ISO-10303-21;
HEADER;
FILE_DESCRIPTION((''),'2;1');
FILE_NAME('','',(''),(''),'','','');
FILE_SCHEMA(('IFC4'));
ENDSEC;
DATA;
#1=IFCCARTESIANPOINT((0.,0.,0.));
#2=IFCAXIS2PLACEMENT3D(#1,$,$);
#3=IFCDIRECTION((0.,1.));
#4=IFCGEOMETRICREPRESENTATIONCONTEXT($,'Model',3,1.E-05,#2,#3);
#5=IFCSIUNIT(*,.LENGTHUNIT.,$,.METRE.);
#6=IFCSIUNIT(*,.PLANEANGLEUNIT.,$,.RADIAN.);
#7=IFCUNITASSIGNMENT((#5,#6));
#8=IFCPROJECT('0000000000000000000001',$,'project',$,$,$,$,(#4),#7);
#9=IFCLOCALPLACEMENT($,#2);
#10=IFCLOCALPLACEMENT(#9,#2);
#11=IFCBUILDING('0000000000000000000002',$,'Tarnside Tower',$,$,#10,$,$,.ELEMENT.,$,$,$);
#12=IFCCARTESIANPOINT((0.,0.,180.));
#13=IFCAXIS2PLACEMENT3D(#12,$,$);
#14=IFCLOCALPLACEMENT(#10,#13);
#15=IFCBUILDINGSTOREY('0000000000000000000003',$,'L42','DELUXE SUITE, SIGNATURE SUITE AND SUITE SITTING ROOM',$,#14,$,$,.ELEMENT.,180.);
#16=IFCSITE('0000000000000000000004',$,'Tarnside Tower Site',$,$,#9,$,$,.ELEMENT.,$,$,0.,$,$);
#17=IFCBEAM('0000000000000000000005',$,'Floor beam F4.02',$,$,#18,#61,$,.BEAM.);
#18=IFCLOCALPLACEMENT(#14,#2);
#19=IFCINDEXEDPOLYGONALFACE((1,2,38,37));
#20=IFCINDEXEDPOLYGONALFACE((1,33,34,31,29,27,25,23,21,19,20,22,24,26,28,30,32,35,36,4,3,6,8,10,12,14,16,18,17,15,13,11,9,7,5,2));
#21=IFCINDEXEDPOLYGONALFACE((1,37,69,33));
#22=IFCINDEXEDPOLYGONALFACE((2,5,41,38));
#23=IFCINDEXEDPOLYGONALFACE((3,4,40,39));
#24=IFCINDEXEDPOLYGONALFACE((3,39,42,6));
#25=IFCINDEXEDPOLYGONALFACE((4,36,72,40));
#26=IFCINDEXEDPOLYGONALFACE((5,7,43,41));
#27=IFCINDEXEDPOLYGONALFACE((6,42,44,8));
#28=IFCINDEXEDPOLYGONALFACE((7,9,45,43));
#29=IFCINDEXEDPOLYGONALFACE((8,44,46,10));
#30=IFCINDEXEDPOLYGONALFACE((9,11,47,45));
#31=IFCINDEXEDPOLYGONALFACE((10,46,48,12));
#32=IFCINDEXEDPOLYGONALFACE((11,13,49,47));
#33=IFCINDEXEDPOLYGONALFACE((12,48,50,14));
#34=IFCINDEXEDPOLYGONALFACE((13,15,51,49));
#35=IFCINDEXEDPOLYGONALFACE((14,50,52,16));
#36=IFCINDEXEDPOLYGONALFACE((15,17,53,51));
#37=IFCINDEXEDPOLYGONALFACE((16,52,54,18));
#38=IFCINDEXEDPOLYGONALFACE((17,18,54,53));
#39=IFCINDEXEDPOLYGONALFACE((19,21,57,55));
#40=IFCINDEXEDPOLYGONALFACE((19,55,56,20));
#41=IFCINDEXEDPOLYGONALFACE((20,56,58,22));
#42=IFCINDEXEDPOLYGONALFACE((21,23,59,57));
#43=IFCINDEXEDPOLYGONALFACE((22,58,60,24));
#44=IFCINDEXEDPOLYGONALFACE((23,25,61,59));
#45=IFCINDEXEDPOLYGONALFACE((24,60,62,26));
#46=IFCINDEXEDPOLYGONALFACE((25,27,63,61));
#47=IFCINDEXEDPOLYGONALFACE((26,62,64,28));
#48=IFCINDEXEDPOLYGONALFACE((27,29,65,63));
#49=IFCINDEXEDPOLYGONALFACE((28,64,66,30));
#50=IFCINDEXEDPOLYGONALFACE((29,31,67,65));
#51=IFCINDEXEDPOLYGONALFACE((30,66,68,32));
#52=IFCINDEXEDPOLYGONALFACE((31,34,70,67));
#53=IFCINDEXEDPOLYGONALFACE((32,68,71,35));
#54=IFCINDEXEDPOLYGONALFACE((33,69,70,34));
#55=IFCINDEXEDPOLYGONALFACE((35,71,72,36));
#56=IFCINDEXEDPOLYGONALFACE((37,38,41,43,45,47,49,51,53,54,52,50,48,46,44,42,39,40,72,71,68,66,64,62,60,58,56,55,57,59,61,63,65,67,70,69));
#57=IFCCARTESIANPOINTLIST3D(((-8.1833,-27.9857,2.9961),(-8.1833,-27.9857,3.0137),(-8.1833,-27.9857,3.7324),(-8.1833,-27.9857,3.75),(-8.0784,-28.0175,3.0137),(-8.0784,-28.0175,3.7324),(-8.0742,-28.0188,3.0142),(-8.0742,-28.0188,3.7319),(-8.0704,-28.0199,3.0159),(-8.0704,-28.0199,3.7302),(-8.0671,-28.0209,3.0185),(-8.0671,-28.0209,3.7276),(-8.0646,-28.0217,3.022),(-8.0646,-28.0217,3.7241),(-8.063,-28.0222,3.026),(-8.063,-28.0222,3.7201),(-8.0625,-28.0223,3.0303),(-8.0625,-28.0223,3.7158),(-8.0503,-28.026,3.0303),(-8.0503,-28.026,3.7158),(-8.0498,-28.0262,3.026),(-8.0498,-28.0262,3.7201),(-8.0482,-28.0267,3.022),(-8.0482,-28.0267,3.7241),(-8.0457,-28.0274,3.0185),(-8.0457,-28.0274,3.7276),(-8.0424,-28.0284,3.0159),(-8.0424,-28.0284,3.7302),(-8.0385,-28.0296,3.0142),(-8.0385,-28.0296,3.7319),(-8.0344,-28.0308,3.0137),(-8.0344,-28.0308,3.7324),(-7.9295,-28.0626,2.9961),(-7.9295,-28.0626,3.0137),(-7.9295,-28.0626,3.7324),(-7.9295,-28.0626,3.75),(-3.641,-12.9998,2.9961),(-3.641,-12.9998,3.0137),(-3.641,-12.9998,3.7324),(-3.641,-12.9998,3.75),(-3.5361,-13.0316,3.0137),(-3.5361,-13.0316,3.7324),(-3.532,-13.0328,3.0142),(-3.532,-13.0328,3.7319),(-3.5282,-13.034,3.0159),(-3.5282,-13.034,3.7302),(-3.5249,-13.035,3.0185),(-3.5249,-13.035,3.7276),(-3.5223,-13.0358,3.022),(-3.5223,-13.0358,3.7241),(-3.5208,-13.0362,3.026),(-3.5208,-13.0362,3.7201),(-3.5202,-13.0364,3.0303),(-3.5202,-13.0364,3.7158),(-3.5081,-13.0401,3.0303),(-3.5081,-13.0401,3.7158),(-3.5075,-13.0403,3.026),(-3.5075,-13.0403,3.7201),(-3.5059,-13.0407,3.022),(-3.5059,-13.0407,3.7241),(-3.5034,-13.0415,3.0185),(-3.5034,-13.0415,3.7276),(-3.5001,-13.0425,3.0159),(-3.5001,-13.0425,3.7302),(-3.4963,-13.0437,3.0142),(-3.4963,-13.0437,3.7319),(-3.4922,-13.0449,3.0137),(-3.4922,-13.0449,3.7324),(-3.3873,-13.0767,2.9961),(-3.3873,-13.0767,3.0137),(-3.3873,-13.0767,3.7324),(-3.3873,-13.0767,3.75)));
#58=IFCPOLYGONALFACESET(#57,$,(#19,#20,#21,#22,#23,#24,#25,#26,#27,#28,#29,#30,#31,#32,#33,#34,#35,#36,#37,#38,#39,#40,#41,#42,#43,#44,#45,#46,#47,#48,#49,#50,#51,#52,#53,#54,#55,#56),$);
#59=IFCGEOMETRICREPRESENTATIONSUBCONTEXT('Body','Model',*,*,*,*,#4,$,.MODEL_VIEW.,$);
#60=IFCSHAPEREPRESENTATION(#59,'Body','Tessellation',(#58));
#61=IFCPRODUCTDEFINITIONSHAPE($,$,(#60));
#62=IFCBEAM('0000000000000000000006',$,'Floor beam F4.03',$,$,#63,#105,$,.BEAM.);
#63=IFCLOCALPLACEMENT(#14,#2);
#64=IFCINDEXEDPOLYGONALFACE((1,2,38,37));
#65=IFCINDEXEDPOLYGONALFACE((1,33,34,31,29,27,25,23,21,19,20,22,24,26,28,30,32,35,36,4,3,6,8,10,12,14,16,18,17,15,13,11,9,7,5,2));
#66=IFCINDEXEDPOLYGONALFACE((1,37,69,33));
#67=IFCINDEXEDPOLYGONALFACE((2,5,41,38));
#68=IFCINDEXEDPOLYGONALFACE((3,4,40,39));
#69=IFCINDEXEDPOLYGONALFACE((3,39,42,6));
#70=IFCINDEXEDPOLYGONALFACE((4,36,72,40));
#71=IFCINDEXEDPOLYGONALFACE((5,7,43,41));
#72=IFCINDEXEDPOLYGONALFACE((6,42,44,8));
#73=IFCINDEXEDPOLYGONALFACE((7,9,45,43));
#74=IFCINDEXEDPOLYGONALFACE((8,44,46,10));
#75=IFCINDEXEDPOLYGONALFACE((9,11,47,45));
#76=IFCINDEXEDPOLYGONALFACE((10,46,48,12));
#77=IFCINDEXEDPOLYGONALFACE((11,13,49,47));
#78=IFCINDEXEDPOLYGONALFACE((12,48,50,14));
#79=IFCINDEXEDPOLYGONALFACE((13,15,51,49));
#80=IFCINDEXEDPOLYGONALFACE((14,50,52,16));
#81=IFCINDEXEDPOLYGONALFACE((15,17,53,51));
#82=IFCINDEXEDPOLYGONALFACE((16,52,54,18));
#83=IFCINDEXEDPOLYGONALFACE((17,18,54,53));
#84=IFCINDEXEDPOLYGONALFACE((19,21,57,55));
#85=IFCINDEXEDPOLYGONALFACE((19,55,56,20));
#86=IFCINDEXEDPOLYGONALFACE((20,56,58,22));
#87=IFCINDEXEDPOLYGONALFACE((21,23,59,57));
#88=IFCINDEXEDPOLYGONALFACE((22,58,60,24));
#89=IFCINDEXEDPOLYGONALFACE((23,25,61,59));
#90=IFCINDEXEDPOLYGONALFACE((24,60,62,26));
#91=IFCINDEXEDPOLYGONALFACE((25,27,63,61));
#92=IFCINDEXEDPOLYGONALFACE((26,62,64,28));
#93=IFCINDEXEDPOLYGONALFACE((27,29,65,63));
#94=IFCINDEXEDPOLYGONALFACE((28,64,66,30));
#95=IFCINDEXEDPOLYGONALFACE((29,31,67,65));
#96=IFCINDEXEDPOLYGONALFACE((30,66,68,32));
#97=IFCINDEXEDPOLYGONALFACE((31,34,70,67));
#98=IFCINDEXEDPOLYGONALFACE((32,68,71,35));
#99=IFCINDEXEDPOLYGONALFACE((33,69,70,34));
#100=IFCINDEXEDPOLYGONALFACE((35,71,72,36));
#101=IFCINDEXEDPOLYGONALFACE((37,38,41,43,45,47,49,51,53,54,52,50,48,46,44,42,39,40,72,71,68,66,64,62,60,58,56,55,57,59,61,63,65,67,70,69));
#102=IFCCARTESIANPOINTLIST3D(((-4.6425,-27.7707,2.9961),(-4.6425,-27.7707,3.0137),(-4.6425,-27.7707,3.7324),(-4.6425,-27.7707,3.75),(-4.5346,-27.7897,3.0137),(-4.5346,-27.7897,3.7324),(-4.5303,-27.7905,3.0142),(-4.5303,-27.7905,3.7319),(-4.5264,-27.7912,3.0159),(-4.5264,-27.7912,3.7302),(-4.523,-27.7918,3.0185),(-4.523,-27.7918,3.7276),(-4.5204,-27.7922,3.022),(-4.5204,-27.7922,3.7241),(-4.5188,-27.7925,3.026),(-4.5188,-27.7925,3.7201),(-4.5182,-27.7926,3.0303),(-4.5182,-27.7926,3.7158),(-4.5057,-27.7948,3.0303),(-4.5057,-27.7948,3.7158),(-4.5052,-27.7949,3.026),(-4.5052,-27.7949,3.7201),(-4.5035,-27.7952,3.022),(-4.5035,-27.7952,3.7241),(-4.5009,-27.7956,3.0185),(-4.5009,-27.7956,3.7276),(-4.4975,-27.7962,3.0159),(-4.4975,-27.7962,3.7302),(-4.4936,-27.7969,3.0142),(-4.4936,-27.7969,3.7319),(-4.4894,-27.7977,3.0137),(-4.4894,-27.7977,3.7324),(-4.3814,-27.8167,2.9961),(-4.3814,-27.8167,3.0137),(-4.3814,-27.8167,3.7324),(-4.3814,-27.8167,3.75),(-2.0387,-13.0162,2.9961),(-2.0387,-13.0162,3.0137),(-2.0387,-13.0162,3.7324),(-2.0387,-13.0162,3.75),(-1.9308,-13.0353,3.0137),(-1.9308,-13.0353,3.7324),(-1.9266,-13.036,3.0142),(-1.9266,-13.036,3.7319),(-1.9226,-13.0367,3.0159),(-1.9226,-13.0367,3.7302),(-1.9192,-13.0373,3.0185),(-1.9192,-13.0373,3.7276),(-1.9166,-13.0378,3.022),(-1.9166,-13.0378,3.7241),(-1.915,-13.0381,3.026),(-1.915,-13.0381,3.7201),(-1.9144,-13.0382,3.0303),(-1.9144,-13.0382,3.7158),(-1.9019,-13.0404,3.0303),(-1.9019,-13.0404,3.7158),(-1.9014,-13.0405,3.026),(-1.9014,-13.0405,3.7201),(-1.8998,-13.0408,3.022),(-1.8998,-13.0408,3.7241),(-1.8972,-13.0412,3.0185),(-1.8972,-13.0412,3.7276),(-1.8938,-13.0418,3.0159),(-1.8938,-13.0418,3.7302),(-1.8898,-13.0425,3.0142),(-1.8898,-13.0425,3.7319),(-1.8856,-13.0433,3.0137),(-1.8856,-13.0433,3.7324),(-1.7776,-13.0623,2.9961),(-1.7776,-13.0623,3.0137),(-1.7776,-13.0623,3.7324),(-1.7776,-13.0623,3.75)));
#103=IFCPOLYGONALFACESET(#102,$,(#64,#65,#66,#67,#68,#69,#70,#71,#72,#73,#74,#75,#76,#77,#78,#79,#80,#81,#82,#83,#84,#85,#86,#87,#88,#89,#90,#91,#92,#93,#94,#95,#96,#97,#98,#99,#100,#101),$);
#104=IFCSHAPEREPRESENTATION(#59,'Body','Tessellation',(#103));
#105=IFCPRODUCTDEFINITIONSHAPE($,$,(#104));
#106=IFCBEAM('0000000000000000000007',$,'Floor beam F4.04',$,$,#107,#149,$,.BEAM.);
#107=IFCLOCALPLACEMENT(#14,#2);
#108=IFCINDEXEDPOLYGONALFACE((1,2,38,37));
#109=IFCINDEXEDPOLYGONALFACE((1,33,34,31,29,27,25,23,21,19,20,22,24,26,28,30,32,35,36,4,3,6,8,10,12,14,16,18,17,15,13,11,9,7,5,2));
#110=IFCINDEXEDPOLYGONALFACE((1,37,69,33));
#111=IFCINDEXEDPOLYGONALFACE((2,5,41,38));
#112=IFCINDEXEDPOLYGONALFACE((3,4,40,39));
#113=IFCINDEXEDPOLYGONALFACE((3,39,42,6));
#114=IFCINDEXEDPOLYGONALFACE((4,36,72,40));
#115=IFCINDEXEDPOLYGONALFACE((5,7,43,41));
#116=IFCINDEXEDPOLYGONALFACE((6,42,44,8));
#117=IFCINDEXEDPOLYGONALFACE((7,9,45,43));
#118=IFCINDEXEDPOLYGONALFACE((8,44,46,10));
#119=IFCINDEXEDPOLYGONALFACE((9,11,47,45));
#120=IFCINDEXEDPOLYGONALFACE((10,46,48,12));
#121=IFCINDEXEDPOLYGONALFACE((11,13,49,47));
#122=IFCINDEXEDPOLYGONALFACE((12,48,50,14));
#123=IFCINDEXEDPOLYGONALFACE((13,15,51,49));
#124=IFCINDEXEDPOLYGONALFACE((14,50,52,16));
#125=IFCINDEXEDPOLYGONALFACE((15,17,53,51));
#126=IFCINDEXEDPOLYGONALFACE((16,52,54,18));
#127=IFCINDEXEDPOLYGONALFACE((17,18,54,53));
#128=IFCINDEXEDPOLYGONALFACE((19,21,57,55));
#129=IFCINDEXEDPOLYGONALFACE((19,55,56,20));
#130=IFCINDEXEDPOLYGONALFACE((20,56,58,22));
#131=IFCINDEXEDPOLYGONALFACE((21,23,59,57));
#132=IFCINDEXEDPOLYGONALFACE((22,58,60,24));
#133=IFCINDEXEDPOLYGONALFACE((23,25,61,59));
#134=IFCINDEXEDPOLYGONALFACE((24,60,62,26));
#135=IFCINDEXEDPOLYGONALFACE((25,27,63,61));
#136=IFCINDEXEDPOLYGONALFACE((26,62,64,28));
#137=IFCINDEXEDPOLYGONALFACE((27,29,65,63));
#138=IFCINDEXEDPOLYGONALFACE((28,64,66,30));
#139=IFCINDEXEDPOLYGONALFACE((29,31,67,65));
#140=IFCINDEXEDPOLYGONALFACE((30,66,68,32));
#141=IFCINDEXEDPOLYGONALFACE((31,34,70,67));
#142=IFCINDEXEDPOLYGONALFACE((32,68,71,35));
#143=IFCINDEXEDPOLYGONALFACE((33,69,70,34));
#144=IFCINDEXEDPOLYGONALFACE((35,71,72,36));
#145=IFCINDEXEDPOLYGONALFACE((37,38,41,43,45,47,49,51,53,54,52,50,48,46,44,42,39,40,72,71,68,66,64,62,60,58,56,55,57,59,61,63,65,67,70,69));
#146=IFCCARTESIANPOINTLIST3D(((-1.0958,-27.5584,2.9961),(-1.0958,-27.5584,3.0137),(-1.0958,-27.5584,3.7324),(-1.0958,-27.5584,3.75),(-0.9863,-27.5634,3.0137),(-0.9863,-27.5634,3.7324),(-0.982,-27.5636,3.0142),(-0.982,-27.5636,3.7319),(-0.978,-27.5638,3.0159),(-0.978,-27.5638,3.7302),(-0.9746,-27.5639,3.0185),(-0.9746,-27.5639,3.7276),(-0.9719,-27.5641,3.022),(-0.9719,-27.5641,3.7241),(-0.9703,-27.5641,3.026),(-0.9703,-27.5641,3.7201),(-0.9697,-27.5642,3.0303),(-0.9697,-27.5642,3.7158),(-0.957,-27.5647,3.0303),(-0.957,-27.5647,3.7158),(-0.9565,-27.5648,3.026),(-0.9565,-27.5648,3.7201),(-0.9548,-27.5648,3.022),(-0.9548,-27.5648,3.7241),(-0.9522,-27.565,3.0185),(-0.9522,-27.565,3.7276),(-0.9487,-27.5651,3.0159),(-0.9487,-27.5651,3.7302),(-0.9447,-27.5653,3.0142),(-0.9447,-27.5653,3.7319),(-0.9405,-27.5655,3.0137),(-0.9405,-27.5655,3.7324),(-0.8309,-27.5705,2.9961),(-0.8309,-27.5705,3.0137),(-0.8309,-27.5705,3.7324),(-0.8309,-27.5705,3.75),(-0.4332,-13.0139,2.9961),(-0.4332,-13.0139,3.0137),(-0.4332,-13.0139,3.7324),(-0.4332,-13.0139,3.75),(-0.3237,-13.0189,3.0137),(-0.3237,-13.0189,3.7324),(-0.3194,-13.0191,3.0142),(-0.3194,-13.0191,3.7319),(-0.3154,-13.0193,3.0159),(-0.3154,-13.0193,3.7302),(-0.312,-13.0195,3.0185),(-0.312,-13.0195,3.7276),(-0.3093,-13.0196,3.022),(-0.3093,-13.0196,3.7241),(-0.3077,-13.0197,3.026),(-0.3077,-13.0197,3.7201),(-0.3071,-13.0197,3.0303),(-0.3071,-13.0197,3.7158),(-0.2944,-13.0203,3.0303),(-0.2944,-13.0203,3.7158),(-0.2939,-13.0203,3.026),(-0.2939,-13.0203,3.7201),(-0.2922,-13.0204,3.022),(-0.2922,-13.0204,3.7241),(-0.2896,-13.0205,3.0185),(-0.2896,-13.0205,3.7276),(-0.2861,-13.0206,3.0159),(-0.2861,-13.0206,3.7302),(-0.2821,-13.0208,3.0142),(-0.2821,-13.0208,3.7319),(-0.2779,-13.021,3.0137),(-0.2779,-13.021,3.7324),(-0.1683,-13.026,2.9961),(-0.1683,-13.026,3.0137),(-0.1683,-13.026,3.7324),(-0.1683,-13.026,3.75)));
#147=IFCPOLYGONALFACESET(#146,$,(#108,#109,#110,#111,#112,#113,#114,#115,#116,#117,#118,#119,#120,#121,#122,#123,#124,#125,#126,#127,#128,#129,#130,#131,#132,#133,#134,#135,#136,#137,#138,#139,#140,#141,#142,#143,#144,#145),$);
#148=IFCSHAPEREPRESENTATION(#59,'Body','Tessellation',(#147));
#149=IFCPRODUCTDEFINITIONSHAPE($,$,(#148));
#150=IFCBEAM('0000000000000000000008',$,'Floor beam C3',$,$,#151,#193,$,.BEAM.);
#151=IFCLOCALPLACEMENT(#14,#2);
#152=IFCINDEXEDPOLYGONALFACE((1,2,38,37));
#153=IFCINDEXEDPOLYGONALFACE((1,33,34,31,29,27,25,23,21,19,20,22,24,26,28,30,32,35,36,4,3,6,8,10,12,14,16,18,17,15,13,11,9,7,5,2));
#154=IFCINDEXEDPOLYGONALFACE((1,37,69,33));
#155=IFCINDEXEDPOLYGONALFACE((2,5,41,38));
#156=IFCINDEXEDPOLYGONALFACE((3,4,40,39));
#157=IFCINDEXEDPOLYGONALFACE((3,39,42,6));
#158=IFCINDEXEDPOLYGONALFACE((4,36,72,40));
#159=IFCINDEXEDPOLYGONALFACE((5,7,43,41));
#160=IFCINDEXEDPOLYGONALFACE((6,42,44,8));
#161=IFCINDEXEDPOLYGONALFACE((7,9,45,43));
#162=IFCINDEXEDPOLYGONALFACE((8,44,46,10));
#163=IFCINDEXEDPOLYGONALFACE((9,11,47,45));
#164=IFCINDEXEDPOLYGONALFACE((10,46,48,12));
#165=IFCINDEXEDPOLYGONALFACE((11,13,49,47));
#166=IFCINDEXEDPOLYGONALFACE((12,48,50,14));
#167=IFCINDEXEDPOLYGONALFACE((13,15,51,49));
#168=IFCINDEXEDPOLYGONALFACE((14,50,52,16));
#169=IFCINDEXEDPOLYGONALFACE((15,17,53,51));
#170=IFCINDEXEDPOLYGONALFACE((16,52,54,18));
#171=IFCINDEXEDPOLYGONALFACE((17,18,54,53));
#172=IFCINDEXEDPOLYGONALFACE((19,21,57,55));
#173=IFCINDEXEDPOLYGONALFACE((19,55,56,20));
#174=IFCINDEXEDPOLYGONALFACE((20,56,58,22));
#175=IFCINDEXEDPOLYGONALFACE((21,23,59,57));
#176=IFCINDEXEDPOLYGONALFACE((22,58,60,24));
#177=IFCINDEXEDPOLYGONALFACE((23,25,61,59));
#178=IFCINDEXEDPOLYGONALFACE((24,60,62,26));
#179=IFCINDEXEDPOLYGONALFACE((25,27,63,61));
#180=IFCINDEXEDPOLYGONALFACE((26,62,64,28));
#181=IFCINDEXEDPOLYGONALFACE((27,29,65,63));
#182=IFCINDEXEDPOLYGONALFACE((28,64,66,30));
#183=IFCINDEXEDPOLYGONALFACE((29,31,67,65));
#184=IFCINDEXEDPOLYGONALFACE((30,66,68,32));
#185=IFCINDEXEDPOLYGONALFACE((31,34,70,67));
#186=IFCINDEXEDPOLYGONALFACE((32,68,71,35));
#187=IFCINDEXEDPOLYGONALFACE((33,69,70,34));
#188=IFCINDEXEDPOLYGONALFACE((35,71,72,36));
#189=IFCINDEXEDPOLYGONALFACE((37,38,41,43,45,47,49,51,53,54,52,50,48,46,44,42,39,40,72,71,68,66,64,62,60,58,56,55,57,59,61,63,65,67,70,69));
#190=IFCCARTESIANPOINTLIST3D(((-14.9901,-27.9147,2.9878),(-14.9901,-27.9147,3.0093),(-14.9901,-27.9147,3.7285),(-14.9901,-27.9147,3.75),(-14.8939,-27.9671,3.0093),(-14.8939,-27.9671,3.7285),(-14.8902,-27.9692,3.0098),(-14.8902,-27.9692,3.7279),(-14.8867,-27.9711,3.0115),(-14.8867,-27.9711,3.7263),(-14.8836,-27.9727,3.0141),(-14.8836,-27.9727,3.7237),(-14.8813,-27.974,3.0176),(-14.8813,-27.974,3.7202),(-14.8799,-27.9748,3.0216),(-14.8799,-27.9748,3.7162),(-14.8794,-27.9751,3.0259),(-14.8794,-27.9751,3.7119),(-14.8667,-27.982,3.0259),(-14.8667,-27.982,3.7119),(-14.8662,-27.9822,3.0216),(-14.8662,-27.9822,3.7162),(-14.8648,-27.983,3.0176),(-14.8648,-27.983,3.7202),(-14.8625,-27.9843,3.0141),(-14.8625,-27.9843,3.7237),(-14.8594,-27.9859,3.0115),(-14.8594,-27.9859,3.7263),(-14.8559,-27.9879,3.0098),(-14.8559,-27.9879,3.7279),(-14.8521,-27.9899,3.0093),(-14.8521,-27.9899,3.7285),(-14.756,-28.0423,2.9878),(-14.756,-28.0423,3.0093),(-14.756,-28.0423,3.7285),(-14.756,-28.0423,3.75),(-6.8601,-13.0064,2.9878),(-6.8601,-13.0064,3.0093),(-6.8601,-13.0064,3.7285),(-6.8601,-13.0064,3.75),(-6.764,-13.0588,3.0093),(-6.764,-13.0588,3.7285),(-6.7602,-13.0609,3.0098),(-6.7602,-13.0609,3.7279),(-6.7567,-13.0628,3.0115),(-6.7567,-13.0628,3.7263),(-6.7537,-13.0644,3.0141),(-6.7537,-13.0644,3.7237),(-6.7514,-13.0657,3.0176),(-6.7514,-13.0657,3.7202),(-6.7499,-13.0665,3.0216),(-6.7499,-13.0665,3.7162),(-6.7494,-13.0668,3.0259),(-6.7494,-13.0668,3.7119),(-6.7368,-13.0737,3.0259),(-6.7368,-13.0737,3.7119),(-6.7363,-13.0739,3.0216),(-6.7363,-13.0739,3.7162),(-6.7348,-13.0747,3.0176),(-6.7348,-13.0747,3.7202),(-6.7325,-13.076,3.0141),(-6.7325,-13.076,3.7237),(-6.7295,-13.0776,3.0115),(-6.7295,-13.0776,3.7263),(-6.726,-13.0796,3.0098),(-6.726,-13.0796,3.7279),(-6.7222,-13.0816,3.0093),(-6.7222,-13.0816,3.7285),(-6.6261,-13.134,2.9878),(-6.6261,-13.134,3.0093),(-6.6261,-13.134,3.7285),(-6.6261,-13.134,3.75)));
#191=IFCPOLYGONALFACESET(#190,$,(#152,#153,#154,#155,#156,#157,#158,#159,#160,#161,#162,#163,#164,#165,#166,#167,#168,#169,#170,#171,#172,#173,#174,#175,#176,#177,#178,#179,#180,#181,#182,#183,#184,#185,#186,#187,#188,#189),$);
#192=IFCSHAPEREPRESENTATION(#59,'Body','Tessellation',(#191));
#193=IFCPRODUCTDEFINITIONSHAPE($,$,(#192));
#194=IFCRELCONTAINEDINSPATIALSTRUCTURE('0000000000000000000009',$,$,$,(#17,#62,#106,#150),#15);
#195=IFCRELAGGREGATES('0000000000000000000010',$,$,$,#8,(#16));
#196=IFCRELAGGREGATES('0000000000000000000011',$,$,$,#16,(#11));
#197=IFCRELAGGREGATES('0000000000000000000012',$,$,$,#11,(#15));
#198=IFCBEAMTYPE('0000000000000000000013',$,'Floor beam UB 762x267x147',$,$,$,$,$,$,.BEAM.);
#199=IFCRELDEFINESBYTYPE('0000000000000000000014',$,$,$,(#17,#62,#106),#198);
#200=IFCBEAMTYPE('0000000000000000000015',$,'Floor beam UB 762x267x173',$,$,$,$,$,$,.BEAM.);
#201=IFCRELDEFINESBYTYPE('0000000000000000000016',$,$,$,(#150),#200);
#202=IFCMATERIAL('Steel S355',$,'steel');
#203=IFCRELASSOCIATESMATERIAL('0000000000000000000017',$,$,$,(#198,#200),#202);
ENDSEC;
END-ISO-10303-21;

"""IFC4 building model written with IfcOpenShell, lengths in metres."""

from ifc_helpers import new_model, si_unit, direction, frame, origin, origin_2d, place, context, subcontext, project, spatial, i_section, extrude, material, material_profile, profile_set, type_object, element, save


model = new_model("IFC4")

# Units and contexts
model_context = context("Model", 3, precision=1e-05, world=origin(), true_north=direction((0.0, 1.0)))
body_context = subcontext(model_context, "Body", "Model", "MODEL_VIEW")
ifc_project = project(units=[si_unit("LENGTHUNIT", "METRE"), si_unit("PLANEANGLEUNIT", "RADIAN")], contexts=[model_context])

# Site, building, storey
site_placement = place(None, origin())
site = spatial("IfcSite", under=ifc_project, at=site_placement, Name="Tarnside Tower Site", CompositionType="ELEMENT", RefElevation=0.0)
building_placement = place(site_placement, origin())
building = spatial("IfcBuilding", under=site, at=building_placement, Name="Tarnside Tower", CompositionType="ELEMENT")
storey_placement = place(building_placement, frame((0.0, 0.0, 180.0)))
storey = spatial("IfcBuildingStorey", under=building, at=storey_placement, Name="L42", Description="DELUXE SUITE, SIGNATURE SUITE AND SUITE SITTING ROOM", CompositionType="ELEMENT", Elevation=180.0)

# Beams
ifc_material_1 = material(Name="Steel S355", Category="steel")
ifc_material_profile_1 = material_profile(ifc_material_1, i_section(OverallWidth=0.2651, OverallDepth=0.7539, WebThickness=0.0127, FlangeThickness=0.0176, FilletRadius=0.0166, at=origin_2d()), Name="UB 762x267x147")
ifc_profile_set_1 = profile_set([ifc_material_profile_1], Name="Steel S355")
beam_type_1 = type_object("IfcBeamType", Name="Floor beam UB 762x267x147", PredefinedType="BEAM", material=ifc_profile_set_1)
beam_1_placement = place(storey_placement, frame((-8.0564, -28.0242, 3.373), z_axis=(0.29007, 0.957005, 0.0), x_axis=(-0.957005, 0.29007, 0.0)))
element("IfcBeam", 1, at=beam_1_placement, inside=storey, type_object=beam_type_1, Name="Floor beam F4.02", PredefinedType="BEAM", context=body_context, shape_type="SweptSolid", body=[
    extrude(i_section(OverallWidth=0.2651, OverallDepth=0.7539, WebThickness=0.0127, FlangeThickness=0.0176, FilletRadius=0.0166, at=origin_2d()), origin(), (0.0, 0.0, 1.0), 15.6592),
])
beam_2_placement = place(storey_placement, frame((-4.512, -27.7937, 3.373), z_axis=(0.173788, 0.984783, 0.0), x_axis=(-0.984783, 0.173788, 0.0)))
element("IfcBeam", 2, at=beam_2_placement, inside=storey, type_object=beam_type_1, Name="Floor beam F4.03", PredefinedType="BEAM", context=body_context, shape_type="SweptSolid", body=[
    extrude(i_section(OverallWidth=0.2651, OverallDepth=0.7539, WebThickness=0.0127, FlangeThickness=0.0176, FilletRadius=0.0166, at=origin_2d()), origin(), (0.0, 0.0, 1.0), 14.9824),
])
beam_3_placement = place(storey_placement, frame((-0.9634, -27.5645, 3.373), z_axis=(0.04551, 0.998964, 0.0), x_axis=(-0.998964, 0.04551, 0.0)))
element("IfcBeam", 3, at=beam_3_placement, inside=storey, type_object=beam_type_1, Name="Floor beam F4.04", PredefinedType="BEAM", context=body_context, shape_type="SweptSolid", body=[
    extrude(i_section(OverallWidth=0.2651, OverallDepth=0.7539, WebThickness=0.0127, FlangeThickness=0.0176, FilletRadius=0.0166, at=origin_2d()), origin(), (0.0, 0.0, 1.0), 14.5596),
])
ifc_material_profile_2 = material_profile(ifc_material_1, i_section(OverallWidth=0.2666, OverallDepth=0.7622, WebThickness=0.0144, FlangeThickness=0.0215, FilletRadius=0.0166, at=origin_2d()), Name="UB 762x267x173")
ifc_profile_set_2 = profile_set([ifc_material_profile_2], Name="Steel S355")
beam_type_2 = type_object("IfcBeamType", Name="Floor beam UB 762x267x173", PredefinedType="BEAM", material=ifc_profile_set_2)
beam_4_placement = place(storey_placement, frame((-14.873, -27.9785, 3.3689), z_axis=(0.478768, 0.877942, 0.0), x_axis=(-0.877942, 0.478768, 0.0)))
element("IfcBeam", 4, at=beam_4_placement, inside=storey, type_object=beam_type_2, Name="Floor beam C3", PredefinedType="BEAM", context=body_context, shape_type="SweptSolid", body=[
    extrude(i_section(OverallWidth=0.2666, OverallDepth=0.7622, WebThickness=0.0144, FlangeThickness=0.0215, FilletRadius=0.0166, at=origin_2d()), origin(), (0.0, 0.0, 1.0), 16.981),
])

save(model, "model.ifc")
